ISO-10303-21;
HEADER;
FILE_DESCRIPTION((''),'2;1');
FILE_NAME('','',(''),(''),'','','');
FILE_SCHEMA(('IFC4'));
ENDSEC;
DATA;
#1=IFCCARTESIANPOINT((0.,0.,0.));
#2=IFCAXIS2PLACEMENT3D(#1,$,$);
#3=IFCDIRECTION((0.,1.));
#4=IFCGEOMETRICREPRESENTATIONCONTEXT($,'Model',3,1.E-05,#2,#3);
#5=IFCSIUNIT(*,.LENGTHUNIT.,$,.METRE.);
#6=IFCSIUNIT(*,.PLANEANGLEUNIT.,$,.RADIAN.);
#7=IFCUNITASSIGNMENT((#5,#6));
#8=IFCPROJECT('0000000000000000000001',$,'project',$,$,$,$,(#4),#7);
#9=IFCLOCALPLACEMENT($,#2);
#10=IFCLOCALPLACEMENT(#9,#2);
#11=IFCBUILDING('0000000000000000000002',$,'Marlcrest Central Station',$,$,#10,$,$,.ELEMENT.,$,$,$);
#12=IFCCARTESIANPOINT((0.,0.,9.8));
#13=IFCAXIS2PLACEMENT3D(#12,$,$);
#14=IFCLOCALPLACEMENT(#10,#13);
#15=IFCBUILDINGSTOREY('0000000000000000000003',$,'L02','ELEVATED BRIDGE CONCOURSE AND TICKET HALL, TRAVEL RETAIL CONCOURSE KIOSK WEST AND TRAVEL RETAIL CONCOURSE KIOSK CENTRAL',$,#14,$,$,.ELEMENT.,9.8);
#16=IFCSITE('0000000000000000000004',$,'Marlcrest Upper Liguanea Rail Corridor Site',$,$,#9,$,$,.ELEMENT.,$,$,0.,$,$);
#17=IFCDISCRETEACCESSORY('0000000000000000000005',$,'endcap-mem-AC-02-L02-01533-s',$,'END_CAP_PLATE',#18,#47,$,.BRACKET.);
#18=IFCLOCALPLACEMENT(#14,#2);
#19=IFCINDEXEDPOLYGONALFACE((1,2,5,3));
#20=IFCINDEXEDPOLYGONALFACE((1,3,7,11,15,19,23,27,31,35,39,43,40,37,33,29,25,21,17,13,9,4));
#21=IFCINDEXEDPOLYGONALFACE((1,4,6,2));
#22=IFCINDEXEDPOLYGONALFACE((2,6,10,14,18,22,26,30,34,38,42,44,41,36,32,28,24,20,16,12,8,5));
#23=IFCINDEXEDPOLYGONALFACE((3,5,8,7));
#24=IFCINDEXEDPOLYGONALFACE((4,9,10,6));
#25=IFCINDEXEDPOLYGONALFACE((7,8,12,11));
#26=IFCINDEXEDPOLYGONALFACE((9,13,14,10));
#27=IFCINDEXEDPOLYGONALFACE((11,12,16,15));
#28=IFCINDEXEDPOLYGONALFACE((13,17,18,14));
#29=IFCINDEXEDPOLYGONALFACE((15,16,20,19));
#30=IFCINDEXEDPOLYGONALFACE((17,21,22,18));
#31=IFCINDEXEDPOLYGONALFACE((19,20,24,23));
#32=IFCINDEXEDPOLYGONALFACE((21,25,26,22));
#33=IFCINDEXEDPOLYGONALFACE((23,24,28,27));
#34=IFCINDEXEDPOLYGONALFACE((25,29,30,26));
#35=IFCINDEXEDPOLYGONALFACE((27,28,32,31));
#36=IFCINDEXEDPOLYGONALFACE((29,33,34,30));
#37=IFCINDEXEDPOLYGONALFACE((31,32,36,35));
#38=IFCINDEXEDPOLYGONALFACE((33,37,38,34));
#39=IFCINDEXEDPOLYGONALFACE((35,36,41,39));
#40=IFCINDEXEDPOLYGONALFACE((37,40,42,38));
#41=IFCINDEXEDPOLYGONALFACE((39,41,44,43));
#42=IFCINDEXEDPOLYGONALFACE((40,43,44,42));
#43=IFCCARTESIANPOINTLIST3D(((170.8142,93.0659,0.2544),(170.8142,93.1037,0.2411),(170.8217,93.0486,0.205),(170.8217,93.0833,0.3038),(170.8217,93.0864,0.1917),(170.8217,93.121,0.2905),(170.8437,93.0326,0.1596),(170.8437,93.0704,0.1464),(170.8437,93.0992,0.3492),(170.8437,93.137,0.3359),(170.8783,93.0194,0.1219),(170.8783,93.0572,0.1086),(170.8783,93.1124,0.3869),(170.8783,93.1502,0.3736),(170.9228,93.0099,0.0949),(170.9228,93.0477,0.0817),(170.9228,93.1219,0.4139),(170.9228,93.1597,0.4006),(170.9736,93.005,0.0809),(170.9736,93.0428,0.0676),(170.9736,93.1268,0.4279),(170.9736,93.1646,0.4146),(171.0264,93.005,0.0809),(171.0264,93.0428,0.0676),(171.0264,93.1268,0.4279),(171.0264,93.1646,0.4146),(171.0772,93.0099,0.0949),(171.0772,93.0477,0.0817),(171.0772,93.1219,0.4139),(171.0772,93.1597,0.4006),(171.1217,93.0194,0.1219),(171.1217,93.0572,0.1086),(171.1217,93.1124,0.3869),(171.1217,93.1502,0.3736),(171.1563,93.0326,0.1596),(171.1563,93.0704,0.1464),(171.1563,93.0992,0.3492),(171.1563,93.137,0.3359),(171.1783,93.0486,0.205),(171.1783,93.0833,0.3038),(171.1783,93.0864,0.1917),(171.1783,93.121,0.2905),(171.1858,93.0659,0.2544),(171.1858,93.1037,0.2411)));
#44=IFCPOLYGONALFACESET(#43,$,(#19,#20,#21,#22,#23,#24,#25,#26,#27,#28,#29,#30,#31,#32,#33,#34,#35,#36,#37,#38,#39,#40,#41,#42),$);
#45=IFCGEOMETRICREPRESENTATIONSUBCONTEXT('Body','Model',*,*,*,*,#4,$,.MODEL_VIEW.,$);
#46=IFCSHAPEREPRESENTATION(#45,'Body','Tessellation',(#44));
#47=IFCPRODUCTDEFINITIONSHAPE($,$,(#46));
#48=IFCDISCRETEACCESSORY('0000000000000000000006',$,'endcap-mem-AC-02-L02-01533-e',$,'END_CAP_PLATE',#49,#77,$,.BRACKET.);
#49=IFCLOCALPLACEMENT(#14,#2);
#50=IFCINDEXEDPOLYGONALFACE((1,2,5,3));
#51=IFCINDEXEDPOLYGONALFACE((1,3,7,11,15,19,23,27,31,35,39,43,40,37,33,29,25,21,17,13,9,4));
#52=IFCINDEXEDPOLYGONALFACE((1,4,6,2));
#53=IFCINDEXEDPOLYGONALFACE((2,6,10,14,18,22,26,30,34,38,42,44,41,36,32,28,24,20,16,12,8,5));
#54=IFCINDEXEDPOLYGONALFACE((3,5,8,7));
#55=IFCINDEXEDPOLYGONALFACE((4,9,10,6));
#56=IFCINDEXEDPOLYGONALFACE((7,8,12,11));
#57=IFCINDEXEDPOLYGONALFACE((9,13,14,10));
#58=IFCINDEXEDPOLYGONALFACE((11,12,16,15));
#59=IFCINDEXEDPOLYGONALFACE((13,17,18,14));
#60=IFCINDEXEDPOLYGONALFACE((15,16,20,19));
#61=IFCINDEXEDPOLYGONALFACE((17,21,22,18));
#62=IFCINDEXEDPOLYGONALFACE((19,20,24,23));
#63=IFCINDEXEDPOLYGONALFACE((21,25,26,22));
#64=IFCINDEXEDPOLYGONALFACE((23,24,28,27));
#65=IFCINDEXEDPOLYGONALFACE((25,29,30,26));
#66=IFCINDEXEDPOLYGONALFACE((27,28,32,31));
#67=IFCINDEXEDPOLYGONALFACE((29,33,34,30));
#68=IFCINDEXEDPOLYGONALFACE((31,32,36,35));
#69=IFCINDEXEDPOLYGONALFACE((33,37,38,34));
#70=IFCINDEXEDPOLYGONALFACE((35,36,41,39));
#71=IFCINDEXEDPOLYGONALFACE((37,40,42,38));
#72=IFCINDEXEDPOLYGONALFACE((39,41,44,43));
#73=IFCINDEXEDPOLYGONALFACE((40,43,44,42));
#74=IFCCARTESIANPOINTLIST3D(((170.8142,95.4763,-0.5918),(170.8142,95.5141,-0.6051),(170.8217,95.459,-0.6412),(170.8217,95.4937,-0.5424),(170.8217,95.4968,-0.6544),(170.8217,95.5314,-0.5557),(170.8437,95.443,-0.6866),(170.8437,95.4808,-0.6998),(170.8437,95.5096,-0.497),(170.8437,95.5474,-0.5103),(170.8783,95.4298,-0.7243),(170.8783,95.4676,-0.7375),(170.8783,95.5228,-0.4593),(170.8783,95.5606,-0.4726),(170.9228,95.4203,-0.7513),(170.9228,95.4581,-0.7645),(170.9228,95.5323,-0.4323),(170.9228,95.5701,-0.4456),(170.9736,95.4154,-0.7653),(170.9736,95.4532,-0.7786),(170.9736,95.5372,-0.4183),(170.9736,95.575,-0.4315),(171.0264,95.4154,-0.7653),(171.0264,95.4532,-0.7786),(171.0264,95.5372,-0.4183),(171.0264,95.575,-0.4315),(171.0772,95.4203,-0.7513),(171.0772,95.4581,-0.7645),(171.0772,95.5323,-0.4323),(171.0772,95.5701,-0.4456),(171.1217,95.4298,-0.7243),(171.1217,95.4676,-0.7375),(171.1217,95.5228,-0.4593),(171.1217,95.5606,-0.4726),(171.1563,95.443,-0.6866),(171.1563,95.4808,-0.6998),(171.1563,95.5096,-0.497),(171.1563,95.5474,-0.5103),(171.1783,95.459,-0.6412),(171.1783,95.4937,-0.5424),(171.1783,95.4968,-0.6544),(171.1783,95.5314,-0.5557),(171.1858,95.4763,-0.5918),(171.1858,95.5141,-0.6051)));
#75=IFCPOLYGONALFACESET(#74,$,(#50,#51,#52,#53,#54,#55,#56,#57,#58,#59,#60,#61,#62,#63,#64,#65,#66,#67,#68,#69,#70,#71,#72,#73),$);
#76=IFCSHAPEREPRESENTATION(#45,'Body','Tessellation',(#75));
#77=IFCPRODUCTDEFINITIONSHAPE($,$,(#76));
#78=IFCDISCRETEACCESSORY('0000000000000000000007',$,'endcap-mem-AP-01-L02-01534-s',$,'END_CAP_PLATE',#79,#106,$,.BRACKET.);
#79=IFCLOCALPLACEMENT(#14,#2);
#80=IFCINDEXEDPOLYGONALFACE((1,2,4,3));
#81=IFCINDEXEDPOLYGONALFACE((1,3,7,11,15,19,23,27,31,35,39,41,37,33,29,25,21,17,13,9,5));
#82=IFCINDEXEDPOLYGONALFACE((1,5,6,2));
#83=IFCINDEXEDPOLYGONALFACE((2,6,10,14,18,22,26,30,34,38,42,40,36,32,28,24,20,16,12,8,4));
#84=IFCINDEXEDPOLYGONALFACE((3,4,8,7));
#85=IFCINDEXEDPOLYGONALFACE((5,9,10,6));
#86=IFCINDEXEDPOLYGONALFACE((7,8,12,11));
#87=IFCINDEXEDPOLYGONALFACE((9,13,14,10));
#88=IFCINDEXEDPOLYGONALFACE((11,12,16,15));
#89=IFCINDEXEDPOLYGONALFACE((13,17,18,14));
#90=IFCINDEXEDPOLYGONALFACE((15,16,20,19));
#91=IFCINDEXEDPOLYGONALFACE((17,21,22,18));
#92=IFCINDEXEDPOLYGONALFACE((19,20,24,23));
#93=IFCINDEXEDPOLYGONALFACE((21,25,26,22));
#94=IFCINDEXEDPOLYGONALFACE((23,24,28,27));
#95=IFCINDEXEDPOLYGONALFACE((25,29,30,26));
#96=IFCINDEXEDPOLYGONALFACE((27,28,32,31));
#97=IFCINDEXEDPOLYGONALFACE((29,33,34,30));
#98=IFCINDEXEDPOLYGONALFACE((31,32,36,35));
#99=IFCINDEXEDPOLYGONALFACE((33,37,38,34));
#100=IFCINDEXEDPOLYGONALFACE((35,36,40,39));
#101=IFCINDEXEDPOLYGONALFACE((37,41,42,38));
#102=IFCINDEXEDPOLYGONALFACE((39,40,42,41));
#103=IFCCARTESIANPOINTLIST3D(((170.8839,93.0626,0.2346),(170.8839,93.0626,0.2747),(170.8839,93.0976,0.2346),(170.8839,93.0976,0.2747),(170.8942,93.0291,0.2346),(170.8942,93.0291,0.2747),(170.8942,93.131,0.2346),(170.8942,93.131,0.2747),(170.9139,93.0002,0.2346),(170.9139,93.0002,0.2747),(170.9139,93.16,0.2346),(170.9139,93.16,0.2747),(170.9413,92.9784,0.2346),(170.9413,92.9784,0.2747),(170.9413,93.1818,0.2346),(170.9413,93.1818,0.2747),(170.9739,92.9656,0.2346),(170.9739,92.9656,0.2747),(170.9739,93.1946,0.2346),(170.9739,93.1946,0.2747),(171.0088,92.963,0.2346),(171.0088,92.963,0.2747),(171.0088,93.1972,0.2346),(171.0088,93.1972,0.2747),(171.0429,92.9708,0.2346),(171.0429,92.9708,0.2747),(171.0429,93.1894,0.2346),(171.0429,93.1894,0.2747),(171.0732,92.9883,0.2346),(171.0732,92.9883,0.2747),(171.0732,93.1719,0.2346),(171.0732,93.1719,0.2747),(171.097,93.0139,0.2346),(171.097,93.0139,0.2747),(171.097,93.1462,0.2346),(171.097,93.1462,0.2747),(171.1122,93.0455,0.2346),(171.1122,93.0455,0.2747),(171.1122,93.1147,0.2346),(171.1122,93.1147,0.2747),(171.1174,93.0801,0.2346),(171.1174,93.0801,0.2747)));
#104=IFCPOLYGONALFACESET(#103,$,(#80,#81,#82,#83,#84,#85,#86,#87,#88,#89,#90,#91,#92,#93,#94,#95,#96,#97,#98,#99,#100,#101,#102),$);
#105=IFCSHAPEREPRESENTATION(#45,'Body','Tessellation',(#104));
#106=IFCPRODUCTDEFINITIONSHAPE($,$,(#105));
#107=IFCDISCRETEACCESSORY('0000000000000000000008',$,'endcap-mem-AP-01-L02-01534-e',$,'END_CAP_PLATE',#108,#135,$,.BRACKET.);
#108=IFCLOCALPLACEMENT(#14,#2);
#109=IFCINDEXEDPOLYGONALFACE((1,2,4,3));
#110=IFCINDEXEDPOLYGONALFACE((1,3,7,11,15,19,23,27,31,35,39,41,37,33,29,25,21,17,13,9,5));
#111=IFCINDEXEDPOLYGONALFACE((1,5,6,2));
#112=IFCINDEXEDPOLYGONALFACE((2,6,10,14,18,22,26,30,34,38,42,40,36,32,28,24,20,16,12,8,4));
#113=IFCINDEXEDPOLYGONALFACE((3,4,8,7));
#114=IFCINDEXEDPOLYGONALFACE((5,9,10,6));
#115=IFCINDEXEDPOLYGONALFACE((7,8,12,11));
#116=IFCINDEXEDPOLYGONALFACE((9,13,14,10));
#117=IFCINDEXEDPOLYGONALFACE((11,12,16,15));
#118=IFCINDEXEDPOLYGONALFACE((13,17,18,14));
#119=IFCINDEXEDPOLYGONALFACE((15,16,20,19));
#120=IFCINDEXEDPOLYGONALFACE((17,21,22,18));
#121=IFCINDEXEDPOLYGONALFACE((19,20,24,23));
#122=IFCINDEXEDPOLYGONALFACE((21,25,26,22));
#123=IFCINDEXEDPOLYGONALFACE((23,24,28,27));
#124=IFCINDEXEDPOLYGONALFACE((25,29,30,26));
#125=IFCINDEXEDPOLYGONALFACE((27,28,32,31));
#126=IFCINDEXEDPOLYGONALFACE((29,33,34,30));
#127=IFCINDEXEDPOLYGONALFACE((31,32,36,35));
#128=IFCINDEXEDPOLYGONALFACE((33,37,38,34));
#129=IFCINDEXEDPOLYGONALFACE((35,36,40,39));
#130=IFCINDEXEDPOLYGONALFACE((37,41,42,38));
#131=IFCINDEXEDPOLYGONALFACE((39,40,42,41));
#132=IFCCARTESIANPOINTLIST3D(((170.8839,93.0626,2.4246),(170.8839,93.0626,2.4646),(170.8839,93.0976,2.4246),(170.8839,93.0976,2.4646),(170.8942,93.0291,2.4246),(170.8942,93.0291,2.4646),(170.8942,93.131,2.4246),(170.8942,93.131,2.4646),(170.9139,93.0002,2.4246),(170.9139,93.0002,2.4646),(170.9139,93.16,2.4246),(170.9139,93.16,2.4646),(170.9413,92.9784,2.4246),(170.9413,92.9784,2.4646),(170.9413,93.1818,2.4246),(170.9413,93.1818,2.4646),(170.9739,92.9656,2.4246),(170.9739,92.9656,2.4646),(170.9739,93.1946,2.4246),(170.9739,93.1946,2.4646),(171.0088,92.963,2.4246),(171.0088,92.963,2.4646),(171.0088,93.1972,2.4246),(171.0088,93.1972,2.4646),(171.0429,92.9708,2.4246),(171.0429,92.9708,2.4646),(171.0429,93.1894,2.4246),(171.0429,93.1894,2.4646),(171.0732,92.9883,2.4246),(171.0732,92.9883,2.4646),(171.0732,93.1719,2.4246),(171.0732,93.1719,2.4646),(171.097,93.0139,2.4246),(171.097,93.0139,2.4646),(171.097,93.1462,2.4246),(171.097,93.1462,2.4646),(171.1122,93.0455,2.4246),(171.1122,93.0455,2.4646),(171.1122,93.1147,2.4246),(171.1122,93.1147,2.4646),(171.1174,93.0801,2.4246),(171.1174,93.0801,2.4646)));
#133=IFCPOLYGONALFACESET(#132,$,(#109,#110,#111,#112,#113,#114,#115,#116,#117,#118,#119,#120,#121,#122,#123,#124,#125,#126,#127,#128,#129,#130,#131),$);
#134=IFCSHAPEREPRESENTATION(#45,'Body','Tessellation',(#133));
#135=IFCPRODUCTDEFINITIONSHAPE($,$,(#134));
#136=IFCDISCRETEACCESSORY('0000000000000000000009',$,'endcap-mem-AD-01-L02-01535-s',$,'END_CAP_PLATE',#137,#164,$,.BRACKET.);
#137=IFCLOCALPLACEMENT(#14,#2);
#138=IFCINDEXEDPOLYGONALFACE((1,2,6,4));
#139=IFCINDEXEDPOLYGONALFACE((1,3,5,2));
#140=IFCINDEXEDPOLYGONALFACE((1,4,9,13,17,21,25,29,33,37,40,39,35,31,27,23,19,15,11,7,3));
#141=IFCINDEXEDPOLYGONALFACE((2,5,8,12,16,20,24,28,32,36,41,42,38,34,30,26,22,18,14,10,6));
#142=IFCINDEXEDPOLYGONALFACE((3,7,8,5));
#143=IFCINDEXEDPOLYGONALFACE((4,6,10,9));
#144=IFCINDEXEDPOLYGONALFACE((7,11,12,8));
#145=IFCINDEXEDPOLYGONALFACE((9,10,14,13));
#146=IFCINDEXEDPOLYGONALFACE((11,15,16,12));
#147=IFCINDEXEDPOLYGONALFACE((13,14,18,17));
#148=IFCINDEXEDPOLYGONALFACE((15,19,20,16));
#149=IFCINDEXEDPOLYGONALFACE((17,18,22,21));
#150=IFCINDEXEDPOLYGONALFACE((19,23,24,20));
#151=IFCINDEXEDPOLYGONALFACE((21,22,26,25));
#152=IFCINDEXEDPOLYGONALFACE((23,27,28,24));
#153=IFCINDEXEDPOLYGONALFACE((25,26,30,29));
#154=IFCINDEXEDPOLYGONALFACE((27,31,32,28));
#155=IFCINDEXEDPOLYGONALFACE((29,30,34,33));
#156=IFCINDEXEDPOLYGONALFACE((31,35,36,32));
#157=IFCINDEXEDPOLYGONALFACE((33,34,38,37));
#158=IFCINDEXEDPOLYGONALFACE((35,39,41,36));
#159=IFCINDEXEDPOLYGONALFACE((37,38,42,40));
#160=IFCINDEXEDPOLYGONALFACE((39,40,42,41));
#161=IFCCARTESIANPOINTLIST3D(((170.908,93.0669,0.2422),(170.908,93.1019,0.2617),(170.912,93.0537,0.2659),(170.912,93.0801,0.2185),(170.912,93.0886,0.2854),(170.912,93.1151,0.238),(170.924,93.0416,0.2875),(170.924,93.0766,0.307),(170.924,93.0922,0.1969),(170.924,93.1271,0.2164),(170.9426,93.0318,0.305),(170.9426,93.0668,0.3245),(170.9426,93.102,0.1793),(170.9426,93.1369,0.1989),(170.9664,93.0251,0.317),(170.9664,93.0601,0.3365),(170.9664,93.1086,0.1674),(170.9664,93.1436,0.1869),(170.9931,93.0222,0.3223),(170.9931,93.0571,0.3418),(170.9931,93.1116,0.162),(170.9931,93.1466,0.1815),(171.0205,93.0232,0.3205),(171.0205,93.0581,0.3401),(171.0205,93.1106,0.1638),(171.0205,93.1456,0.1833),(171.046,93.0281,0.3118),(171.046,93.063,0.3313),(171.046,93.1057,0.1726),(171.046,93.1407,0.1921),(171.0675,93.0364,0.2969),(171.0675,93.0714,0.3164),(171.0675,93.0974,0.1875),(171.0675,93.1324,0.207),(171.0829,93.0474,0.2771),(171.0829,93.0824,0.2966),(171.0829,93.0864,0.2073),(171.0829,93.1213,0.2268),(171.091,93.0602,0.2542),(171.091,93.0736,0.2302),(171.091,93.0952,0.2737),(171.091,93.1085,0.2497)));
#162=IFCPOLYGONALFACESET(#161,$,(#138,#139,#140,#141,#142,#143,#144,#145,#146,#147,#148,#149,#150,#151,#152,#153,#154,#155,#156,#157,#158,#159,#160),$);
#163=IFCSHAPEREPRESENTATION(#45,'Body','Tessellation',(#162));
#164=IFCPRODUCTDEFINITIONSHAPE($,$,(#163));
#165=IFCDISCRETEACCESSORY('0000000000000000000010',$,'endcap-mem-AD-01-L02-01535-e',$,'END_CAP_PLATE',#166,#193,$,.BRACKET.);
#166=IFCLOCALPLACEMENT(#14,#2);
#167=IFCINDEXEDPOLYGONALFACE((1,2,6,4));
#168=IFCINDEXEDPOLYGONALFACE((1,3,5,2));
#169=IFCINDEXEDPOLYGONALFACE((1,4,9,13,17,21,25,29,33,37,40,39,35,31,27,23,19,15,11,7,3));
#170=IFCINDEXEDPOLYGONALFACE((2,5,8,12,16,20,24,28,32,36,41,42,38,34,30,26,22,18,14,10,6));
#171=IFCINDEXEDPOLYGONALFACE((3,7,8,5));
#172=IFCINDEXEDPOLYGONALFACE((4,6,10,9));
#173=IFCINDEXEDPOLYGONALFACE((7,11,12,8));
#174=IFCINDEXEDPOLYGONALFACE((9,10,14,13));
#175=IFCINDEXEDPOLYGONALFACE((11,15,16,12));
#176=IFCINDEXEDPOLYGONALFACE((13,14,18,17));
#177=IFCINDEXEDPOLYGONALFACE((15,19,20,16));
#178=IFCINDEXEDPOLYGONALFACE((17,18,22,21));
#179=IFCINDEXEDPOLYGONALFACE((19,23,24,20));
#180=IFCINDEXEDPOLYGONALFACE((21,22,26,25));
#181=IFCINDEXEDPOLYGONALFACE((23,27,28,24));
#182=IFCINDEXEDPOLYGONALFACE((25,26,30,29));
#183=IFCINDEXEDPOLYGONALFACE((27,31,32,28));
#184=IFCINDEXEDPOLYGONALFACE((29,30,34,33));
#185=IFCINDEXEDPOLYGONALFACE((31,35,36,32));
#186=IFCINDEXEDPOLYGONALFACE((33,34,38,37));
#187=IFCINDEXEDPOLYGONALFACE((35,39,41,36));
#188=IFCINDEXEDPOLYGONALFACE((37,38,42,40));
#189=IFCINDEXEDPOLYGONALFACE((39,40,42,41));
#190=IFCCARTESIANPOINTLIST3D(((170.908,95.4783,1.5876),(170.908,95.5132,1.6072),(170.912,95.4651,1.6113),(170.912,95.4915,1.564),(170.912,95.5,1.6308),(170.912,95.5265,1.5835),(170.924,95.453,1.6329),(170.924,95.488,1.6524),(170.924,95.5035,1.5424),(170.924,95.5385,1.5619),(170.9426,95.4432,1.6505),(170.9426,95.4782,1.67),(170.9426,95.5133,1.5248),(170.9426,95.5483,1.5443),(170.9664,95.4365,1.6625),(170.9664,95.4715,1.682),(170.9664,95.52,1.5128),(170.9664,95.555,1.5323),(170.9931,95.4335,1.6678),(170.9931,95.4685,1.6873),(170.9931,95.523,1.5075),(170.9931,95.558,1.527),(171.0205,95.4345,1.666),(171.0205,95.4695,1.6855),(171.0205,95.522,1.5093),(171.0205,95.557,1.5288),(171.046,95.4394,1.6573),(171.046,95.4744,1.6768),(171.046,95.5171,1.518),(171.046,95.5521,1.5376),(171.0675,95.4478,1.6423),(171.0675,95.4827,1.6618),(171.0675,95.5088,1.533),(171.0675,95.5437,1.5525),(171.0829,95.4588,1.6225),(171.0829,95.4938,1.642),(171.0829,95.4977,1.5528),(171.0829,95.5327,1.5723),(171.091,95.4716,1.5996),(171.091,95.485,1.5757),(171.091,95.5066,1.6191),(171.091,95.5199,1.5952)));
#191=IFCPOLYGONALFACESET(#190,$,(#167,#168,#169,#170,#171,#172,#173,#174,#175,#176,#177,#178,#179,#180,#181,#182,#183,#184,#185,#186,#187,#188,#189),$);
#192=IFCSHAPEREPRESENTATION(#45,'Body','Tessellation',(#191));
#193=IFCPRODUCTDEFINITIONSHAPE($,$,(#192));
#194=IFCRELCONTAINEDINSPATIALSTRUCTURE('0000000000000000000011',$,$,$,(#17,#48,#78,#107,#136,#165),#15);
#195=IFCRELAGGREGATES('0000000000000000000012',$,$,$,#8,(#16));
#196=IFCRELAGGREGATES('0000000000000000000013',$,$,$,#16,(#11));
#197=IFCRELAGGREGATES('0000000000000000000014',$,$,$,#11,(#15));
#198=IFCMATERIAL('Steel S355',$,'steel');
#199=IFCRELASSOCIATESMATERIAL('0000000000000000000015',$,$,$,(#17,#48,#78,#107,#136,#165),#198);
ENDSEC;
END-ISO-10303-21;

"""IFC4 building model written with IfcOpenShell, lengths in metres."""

from ifc_helpers import new_model, si_unit, direction, frame, origin, origin_2d, place, context, subcontext, project, spatial, circle, extrude, material, element, save


model = new_model("IFC4")

# Units and contexts
model_context = context("Model", 3, precision=1e-05, world=origin(), true_north=direction((0.0, 1.0)))
body_context = subcontext(model_context, "Body", "Model", "MODEL_VIEW")
ifc_project = project(units=[si_unit("LENGTHUNIT", "METRE"), si_unit("PLANEANGLEUNIT", "RADIAN")], contexts=[model_context])

# Site, building, storey
site_placement = place(None, origin())
site = spatial("IfcSite", under=ifc_project, at=site_placement, Name="Marlcrest Upper Liguanea Rail Corridor Site", CompositionType="ELEMENT", RefElevation=0.0)
building_placement = place(site_placement, origin())
building = spatial("IfcBuilding", under=site, at=building_placement, Name="Marlcrest Central Station", CompositionType="ELEMENT")
storey_placement = place(building_placement, frame((0.0, 0.0, 9.8)))
storey = spatial("IfcBuildingStorey", under=building, at=storey_placement, Name="L02", Description="ELEVATED BRIDGE CONCOURSE AND TICKET HALL, TRAVEL RETAIL CONCOURSE KIOSK WEST AND TRAVEL RETAIL CONCOURSE KIOSK CENTRAL", CompositionType="ELEMENT", Elevation=9.8)

# Shared definitions
ifc_material_1 = material(Name="Steel S355", Category="steel")

# Discrete accessories
for number, where, z_axis, x_axis, name in (
    (1, (171.0, 93.0659, 0.2544), (0.0, 0.943537, -0.331266), (-1.0, 0.0, 0.0), "endcap-mem-AC-02-L02-01533-s"),
    (2, (171.0, 95.4763, -0.5918), (0.0, 0.943537, -0.331266), (-1.0, 0.0, 0.0), "endcap-mem-AC-02-L02-01533-e"),
):
    element("IfcDiscreteAccessory", number, at=place(storey_placement, frame(where, z_axis=z_axis, x_axis=x_axis)), inside=storey, material=ifc_material_1, Name=name, ObjectType="END_CAP_PLATE", PredefinedType="BRACKET", context=body_context, shape_type="SweptSolid", body=[
        extrude(circle(Radius=0.1858, at=origin_2d()), origin(), (0.0, 0.0, 1.0), 0.04),
    ])
for number, where, z_axis, x_axis, name in (
    (3, (171.0, 93.0801, 0.2346), (0.0, 0.0, 1.0), (1.0, 0.0, 0.0), "endcap-mem-AP-01-L02-01534-s"),
    (4, (171.0, 93.0801, 2.4246), (0.0, 0.0, 1.0), (1.0, 0.0, 0.0), "endcap-mem-AP-01-L02-01534-e"),
):
    element("IfcDiscreteAccessory", number, at=place(storey_placement, frame(where, z_axis=z_axis, x_axis=x_axis)), inside=storey, material=ifc_material_1, Name=name, ObjectType="END_CAP_PLATE", PredefinedType="BRACKET", context=body_context, shape_type="SweptSolid", body=[
        extrude(circle(Radius=0.1174, at=origin_2d()), origin(), (0.0, 0.0, 1.0), 0.04),
    ])
for number, where, z_axis, x_axis, name in (
    (5, (171.0, 93.0669, 0.2422), (0.0, 0.873246, 0.48728), (-1.0, 0.0, 0.0), "endcap-mem-AD-01-L02-01535-s"),
    (6, (171.0, 95.4783, 1.5876), (0.0, 0.873246, 0.48728), (-1.0, 0.0, 0.0), "endcap-mem-AD-01-L02-01535-e"),
):
    element("IfcDiscreteAccessory", number, at=place(storey_placement, frame(where, z_axis=z_axis, x_axis=x_axis)), inside=storey, material=ifc_material_1, Name=name, ObjectType="END_CAP_PLATE", PredefinedType="BRACKET", context=body_context, shape_type="SweptSolid", body=[
        extrude(circle(Radius=0.092, at=origin_2d()), origin(), (0.0, 0.0, 1.0), 0.04),
    ])

save(model, "model.ifc")
